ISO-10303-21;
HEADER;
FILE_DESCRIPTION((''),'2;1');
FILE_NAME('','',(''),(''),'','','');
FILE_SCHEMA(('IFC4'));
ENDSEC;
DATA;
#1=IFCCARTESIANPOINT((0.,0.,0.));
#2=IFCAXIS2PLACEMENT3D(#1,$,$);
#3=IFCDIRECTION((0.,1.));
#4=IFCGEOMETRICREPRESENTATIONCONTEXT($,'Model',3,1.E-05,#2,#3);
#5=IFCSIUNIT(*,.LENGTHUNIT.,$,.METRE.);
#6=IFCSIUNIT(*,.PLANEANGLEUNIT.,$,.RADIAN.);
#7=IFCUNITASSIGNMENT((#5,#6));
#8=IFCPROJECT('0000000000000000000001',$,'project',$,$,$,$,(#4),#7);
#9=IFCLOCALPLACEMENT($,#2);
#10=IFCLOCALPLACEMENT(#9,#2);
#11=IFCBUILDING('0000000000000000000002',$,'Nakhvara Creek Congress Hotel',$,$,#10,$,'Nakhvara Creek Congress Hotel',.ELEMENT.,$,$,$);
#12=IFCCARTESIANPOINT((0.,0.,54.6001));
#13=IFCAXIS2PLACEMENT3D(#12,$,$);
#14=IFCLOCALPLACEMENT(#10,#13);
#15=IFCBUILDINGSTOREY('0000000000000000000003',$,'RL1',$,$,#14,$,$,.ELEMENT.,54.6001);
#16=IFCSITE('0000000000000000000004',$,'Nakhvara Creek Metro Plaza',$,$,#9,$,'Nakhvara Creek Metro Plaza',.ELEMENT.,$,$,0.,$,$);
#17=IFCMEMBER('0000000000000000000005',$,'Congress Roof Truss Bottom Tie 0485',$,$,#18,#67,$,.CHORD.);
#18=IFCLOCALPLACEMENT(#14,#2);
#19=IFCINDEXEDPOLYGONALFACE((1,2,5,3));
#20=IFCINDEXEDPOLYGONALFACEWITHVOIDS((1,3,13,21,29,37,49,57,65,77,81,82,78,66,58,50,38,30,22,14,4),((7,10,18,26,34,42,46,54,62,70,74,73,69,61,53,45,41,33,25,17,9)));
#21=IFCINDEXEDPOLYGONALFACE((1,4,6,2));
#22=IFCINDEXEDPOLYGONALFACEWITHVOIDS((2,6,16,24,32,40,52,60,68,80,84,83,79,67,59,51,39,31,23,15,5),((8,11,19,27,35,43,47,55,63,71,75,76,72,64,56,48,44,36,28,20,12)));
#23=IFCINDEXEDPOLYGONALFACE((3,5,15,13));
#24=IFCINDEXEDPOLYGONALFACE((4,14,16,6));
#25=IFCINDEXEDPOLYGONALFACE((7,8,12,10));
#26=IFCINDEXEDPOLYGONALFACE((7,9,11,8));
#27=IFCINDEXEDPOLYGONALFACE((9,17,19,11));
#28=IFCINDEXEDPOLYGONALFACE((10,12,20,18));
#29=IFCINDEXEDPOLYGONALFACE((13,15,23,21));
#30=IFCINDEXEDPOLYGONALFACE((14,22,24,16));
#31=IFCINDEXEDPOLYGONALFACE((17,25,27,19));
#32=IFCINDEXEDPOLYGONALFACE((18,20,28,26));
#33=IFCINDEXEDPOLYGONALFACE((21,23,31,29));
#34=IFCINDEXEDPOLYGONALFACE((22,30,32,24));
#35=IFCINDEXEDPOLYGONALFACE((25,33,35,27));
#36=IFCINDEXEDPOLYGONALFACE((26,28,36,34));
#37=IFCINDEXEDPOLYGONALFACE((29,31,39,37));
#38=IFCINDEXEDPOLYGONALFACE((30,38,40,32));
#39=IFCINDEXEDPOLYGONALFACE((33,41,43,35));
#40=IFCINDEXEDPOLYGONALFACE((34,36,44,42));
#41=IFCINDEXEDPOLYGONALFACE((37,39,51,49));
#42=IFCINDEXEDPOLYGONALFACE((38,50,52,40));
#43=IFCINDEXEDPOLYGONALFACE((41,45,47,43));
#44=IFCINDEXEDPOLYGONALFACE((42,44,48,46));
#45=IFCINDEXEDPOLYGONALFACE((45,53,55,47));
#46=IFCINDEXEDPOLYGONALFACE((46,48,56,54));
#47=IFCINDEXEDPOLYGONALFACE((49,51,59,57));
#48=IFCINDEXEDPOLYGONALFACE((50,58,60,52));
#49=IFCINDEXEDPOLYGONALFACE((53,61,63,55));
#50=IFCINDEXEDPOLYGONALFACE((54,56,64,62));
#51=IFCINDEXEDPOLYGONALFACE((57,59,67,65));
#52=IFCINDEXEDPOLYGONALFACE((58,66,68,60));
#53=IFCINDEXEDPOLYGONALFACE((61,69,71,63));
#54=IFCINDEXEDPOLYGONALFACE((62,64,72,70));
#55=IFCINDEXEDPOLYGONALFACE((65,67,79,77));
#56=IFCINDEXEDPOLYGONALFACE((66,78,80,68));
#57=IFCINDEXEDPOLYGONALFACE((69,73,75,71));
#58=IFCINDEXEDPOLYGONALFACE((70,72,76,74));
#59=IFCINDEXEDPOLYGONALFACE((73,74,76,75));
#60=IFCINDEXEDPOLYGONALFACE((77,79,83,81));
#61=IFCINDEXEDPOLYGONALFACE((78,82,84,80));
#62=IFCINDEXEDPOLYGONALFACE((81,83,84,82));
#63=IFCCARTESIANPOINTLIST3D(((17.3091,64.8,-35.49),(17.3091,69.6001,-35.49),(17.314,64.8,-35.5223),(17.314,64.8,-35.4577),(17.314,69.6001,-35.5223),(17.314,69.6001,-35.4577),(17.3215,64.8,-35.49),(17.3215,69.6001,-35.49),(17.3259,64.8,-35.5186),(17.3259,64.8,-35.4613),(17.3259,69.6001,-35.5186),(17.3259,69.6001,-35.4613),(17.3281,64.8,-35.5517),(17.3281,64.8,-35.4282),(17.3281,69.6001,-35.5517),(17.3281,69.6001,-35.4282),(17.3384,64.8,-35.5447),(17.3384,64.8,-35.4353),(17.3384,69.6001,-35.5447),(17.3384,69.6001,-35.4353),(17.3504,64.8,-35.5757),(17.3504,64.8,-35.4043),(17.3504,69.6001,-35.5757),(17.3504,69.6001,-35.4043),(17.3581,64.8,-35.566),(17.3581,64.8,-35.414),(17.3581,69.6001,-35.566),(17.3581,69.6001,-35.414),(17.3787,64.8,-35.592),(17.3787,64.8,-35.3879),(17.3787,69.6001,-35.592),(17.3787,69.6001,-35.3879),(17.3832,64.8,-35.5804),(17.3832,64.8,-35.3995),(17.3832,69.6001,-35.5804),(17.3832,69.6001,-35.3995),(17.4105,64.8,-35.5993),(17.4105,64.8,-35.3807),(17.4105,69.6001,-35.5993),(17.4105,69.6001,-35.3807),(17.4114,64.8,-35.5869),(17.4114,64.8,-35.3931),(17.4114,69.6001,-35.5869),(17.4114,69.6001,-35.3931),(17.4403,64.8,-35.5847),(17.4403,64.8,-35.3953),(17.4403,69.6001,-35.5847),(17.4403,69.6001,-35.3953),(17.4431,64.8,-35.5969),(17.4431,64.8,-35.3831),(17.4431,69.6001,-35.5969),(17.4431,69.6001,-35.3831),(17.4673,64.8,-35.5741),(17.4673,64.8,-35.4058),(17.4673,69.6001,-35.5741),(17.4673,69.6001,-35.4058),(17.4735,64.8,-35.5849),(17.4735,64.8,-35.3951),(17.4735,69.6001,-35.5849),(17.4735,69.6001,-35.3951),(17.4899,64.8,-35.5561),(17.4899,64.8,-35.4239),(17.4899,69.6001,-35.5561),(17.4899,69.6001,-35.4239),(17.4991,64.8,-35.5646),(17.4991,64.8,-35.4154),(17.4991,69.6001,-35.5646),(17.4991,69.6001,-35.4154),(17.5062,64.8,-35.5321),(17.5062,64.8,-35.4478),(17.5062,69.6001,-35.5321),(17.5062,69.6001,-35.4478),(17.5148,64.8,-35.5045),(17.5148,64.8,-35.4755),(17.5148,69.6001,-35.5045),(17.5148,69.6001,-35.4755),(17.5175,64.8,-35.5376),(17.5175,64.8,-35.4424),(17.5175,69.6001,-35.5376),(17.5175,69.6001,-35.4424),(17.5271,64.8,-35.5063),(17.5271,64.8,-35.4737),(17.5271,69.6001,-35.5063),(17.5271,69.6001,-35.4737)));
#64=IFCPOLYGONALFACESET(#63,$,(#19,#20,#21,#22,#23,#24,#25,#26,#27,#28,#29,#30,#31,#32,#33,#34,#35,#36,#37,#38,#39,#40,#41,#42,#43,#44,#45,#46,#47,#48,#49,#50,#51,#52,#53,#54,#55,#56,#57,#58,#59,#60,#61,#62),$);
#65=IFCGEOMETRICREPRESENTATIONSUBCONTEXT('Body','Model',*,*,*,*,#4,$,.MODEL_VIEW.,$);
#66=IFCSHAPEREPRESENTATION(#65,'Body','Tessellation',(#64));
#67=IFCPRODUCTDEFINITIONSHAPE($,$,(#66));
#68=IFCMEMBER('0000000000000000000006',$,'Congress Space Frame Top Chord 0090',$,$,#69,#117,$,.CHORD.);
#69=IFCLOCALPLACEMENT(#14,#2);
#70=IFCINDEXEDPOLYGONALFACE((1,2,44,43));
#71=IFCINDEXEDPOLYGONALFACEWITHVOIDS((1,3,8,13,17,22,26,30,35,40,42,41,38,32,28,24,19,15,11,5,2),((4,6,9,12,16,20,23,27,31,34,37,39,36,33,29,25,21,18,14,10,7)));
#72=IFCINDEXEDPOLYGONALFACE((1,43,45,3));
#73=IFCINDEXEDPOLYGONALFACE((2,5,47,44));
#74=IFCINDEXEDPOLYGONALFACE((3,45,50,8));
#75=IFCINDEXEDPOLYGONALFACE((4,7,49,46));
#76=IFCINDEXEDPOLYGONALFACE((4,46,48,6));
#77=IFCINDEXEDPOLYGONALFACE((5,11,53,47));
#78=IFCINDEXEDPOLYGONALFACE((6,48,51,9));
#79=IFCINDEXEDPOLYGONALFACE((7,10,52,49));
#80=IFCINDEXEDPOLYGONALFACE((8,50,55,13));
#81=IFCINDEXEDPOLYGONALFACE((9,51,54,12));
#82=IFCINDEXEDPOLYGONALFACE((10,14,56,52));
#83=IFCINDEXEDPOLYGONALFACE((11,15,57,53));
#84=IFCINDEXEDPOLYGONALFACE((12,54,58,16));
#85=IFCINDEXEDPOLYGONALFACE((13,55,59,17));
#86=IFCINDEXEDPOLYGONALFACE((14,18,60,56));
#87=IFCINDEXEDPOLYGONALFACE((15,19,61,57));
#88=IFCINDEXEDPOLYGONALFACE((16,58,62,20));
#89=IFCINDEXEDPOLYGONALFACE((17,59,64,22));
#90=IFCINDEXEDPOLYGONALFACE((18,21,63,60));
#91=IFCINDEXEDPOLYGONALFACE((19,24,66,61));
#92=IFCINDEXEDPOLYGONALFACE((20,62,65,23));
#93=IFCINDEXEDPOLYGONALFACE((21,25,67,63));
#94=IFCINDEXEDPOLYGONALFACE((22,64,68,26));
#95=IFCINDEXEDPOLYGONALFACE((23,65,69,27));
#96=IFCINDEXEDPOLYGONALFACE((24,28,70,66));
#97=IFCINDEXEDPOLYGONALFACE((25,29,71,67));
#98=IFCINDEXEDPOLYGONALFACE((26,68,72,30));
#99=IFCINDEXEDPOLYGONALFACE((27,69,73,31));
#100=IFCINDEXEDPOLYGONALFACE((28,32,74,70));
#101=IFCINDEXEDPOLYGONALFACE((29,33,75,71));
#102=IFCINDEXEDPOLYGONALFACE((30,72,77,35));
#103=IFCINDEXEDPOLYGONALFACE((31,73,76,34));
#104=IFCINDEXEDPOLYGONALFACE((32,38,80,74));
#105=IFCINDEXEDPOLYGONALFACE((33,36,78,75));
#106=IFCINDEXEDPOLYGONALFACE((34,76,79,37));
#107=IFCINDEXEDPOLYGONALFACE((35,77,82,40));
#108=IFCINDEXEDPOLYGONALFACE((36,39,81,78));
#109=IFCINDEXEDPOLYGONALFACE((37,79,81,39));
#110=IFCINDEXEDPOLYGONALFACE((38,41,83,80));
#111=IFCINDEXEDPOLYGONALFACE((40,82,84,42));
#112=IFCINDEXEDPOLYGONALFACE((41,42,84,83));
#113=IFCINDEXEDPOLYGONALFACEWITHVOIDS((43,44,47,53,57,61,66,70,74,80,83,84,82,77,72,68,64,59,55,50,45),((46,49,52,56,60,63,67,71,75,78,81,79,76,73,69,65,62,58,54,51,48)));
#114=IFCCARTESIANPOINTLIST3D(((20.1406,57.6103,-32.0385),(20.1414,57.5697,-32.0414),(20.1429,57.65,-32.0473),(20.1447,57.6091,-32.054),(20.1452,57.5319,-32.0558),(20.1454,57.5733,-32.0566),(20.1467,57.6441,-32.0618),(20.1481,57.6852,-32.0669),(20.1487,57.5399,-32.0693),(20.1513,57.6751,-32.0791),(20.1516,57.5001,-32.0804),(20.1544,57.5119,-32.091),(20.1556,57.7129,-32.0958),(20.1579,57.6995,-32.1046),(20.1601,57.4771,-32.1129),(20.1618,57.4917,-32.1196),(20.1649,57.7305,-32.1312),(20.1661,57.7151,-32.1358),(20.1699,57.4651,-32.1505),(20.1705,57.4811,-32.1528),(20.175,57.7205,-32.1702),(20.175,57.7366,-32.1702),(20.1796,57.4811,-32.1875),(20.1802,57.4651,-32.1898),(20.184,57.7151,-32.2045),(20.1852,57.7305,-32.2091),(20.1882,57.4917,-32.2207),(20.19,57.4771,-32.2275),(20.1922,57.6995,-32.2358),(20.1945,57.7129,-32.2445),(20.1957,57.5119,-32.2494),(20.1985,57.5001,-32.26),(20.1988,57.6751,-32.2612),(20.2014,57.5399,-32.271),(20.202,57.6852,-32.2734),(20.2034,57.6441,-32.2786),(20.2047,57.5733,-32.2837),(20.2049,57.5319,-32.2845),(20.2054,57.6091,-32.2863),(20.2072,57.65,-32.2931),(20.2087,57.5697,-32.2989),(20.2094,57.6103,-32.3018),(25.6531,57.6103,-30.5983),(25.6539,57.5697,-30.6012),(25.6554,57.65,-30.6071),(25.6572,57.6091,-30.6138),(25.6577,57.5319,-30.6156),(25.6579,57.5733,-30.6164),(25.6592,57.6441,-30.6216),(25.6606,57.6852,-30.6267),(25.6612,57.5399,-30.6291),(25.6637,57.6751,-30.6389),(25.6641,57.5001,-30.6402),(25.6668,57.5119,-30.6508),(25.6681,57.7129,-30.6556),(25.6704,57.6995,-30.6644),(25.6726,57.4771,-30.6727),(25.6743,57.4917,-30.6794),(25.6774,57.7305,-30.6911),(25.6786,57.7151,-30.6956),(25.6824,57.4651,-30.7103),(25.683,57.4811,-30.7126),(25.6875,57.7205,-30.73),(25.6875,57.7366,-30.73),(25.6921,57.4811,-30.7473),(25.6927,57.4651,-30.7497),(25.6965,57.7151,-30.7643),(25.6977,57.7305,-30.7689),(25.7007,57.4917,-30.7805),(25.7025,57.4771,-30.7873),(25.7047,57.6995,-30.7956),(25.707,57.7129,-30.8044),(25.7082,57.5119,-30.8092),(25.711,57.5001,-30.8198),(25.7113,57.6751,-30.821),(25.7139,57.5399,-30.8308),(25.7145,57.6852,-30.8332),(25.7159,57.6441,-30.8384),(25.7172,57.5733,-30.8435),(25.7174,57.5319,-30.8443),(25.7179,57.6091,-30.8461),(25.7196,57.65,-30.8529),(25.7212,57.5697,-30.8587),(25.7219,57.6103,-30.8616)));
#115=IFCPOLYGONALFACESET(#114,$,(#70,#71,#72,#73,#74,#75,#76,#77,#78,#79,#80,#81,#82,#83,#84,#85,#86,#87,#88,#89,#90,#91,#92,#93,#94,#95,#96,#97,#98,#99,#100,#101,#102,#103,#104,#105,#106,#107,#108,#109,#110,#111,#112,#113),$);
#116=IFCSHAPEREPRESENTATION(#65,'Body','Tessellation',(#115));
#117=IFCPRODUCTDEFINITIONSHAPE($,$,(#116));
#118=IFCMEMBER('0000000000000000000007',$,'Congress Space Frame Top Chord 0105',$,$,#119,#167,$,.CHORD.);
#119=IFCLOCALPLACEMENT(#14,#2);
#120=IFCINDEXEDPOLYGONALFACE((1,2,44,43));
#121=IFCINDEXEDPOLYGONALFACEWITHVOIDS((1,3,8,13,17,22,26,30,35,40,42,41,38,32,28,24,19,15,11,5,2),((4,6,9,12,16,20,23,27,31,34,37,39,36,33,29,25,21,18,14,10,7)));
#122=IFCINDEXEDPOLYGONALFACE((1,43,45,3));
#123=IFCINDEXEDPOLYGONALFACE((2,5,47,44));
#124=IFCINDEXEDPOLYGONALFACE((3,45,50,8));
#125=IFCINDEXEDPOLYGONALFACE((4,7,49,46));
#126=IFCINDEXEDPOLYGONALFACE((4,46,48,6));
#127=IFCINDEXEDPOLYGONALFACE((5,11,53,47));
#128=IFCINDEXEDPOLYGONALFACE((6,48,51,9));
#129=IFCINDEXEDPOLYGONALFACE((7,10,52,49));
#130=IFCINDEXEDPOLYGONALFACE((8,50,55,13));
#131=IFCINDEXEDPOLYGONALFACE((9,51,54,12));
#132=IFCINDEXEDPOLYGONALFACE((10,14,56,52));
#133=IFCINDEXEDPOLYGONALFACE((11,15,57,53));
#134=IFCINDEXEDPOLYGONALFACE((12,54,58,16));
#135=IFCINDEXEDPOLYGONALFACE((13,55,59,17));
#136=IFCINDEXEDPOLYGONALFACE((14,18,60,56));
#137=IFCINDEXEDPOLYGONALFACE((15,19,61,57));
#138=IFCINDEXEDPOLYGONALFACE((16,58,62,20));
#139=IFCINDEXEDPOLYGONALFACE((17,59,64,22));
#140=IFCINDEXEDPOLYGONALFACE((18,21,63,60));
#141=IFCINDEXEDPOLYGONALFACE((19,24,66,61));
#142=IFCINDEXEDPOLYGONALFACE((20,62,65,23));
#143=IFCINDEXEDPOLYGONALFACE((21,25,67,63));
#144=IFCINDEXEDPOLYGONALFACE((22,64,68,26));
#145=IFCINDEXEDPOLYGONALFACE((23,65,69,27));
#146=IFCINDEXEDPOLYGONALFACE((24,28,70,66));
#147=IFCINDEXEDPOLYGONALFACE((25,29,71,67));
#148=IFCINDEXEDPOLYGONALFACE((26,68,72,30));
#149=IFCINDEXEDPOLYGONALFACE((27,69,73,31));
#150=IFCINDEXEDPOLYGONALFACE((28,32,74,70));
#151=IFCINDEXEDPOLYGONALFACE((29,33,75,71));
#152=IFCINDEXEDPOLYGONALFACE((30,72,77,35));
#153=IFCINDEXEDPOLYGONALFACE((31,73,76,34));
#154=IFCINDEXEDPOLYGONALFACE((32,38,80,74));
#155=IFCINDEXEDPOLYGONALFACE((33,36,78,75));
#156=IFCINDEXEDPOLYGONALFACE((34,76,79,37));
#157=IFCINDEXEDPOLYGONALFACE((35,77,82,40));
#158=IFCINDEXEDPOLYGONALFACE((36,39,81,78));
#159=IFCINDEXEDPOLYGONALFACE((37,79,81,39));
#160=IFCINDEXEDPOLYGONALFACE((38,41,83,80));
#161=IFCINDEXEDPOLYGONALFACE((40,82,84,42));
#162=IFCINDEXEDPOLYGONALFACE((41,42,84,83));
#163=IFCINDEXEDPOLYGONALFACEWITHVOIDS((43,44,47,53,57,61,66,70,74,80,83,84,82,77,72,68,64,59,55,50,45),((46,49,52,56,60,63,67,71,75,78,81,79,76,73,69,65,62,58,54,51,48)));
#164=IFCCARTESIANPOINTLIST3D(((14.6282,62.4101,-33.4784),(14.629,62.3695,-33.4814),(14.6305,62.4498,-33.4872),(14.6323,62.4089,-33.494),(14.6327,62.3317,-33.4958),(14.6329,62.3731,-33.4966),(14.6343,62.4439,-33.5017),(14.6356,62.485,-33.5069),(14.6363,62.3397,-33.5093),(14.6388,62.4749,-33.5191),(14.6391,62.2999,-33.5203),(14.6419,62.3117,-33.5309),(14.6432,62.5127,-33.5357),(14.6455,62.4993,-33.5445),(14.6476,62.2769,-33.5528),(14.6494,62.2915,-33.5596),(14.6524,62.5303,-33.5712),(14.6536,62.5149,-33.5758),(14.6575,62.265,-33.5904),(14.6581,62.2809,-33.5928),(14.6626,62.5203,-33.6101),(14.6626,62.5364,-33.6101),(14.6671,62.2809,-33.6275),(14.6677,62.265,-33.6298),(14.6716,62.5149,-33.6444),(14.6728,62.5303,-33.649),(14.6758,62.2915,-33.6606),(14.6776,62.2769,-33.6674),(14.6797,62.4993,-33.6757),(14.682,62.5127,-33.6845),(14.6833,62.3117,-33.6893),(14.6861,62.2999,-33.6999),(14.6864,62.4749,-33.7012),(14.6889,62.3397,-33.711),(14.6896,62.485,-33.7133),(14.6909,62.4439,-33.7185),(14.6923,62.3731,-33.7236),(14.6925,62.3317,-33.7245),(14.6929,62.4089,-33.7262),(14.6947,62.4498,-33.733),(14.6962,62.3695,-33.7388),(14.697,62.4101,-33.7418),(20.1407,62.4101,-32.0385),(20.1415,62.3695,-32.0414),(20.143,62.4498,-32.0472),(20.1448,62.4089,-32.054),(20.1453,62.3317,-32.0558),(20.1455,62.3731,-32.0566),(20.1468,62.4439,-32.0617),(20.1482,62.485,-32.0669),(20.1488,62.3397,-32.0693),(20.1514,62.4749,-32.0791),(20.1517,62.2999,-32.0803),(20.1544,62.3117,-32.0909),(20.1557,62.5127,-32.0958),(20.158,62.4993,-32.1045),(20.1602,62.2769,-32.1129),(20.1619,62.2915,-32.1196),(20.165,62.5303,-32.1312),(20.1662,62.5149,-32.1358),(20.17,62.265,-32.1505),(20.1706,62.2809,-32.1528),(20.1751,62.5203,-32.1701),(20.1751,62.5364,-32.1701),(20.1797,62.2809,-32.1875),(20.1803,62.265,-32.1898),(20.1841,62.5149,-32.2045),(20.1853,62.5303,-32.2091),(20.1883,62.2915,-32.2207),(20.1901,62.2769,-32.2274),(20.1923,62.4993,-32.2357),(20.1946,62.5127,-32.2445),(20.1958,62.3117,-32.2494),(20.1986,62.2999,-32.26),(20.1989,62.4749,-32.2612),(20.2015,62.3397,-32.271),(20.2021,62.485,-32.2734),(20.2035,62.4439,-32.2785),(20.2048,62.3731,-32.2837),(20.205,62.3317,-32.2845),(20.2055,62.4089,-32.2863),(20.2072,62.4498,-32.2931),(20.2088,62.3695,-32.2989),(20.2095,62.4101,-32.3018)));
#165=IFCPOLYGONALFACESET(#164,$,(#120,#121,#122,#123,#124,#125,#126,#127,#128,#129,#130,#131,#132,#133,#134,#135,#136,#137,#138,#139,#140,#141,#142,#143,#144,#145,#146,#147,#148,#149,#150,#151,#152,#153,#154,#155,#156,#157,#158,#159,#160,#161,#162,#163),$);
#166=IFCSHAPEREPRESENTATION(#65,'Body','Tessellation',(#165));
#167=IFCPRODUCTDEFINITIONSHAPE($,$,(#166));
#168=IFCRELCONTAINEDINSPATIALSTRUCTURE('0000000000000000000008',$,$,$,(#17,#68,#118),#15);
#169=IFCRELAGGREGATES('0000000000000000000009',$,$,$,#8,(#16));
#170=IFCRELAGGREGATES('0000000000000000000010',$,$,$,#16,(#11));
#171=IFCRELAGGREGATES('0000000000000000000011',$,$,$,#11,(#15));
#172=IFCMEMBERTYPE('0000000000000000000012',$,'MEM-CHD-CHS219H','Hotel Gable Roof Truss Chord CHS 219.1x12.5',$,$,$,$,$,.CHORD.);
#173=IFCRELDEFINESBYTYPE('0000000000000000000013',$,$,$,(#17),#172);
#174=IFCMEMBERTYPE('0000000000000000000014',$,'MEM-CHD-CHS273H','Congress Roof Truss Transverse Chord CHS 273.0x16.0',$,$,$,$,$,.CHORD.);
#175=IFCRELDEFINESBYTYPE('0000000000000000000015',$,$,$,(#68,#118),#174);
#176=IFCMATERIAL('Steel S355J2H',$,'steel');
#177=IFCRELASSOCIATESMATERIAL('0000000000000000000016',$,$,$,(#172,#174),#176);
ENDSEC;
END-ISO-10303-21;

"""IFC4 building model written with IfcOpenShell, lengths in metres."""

from ifc_helpers import new_model, si_unit, direction, frame, origin, origin_2d, place, context, subcontext, project, spatial, hollow_circle, extrude, material, material_profile, profile_set, type_object, element, save


model = new_model("IFC4")

# Units and contexts
model_context = context("Model", 3, precision=1e-05, world=origin(), true_north=direction((0.0, 1.0)))
body_context = subcontext(model_context, "Body", "Model", "MODEL_VIEW")
ifc_project = project(units=[si_unit("LENGTHUNIT", "METRE"), si_unit("PLANEANGLEUNIT", "RADIAN")], contexts=[model_context])

# Site, building, storey
site_placement = place(None, origin())
site = spatial("IfcSite", under=ifc_project, at=site_placement, Name="Nakhvara Creek Metro Plaza", LongName="Nakhvara Creek Metro Plaza", CompositionType="ELEMENT", RefElevation=0.0)
building_placement = place(site_placement, origin())
building = spatial("IfcBuilding", under=site, at=building_placement, Name="Nakhvara Creek Congress Hotel", LongName="Nakhvara Creek Congress Hotel", CompositionType="ELEMENT")
storey_placement = place(building_placement, frame((0.0, 0.0, 54.6001)))
storey = spatial("IfcBuildingStorey", under=building, at=storey_placement, Name="RL1", CompositionType="ELEMENT", Elevation=54.6001)

# Members
ifc_material_1 = material(Name="Steel S355J2H", Category="steel")
ifc_material_profile_1 = material_profile(ifc_material_1, hollow_circle(Radius=0.1096, WallThickness=0.0125, at=origin_2d()), Name="CHS 219.1x12.5", Category="LoadBearing")
ifc_profile_set_1 = profile_set([ifc_material_profile_1], Name="Steel S355J2H")
member_type_1 = type_object("IfcMemberType", Name="MEM-CHD-CHS219H", Description="Hotel Gable Roof Truss Chord CHS 219.1x12.5", PredefinedType="CHORD", material=ifc_profile_set_1)
for number, where, z_axis, x_axis, name in (
    (1, (17.4187, 64.8, -35.49), (0.0, 1.0, 0.0), (-1.0, 0.0, 0.0), "Congress Roof Truss Bottom Tie 0485"),
):
    element("IfcMember", number, at=place(storey_placement, frame(where, z_axis=z_axis, x_axis=x_axis)), inside=storey, type_object=member_type_1, Name=name, PredefinedType="CHORD", context=body_context, shape_type="SweptSolid", body=[
        extrude(hollow_circle(Radius=0.1096, WallThickness=0.0125, at=origin_2d()), origin(), (0.0, 0.0, 1.0), 4.8),
    ])
ifc_material_profile_2 = material_profile(ifc_material_1, hollow_circle(Radius=0.1365, WallThickness=0.0161, at=origin_2d()), Name="CHS 273.0x16.0", Category="LoadBearing")
ifc_profile_set_2 = profile_set([ifc_material_profile_2], Name="Steel S355J2H")
member_type_2 = type_object("IfcMemberType", Name="MEM-CHD-CHS273H", Description="Congress Roof Truss Transverse Chord CHS 273.0x16.0", PredefinedType="CHORD", material=ifc_profile_set_2)
for number, where, z_axis, x_axis, name in (
    (2, (20.175, 57.6001, -32.1702), (0.967525, 0.0, 0.252776), (0.0, 1.0, 0.0), "Congress Space Frame Top Chord 0090"),
    (3, (14.6626, 62.3999, -33.6101), (0.967535, 0.0, 0.252736), (0.0, 1.0, 0.0), "Congress Space Frame Top Chord 0105"),
):
    element("IfcMember", number, at=place(storey_placement, frame(where, z_axis=z_axis, x_axis=x_axis)), inside=storey, type_object=member_type_2, Name=name, PredefinedType="CHORD", context=body_context, shape_type="SweptSolid", body=[
        extrude(hollow_circle(Radius=0.1365, WallThickness=0.0161, at=origin_2d()), origin(), (0.0, 0.0, 1.0), 5.6975),
    ])

save(model, "model.ifc")
